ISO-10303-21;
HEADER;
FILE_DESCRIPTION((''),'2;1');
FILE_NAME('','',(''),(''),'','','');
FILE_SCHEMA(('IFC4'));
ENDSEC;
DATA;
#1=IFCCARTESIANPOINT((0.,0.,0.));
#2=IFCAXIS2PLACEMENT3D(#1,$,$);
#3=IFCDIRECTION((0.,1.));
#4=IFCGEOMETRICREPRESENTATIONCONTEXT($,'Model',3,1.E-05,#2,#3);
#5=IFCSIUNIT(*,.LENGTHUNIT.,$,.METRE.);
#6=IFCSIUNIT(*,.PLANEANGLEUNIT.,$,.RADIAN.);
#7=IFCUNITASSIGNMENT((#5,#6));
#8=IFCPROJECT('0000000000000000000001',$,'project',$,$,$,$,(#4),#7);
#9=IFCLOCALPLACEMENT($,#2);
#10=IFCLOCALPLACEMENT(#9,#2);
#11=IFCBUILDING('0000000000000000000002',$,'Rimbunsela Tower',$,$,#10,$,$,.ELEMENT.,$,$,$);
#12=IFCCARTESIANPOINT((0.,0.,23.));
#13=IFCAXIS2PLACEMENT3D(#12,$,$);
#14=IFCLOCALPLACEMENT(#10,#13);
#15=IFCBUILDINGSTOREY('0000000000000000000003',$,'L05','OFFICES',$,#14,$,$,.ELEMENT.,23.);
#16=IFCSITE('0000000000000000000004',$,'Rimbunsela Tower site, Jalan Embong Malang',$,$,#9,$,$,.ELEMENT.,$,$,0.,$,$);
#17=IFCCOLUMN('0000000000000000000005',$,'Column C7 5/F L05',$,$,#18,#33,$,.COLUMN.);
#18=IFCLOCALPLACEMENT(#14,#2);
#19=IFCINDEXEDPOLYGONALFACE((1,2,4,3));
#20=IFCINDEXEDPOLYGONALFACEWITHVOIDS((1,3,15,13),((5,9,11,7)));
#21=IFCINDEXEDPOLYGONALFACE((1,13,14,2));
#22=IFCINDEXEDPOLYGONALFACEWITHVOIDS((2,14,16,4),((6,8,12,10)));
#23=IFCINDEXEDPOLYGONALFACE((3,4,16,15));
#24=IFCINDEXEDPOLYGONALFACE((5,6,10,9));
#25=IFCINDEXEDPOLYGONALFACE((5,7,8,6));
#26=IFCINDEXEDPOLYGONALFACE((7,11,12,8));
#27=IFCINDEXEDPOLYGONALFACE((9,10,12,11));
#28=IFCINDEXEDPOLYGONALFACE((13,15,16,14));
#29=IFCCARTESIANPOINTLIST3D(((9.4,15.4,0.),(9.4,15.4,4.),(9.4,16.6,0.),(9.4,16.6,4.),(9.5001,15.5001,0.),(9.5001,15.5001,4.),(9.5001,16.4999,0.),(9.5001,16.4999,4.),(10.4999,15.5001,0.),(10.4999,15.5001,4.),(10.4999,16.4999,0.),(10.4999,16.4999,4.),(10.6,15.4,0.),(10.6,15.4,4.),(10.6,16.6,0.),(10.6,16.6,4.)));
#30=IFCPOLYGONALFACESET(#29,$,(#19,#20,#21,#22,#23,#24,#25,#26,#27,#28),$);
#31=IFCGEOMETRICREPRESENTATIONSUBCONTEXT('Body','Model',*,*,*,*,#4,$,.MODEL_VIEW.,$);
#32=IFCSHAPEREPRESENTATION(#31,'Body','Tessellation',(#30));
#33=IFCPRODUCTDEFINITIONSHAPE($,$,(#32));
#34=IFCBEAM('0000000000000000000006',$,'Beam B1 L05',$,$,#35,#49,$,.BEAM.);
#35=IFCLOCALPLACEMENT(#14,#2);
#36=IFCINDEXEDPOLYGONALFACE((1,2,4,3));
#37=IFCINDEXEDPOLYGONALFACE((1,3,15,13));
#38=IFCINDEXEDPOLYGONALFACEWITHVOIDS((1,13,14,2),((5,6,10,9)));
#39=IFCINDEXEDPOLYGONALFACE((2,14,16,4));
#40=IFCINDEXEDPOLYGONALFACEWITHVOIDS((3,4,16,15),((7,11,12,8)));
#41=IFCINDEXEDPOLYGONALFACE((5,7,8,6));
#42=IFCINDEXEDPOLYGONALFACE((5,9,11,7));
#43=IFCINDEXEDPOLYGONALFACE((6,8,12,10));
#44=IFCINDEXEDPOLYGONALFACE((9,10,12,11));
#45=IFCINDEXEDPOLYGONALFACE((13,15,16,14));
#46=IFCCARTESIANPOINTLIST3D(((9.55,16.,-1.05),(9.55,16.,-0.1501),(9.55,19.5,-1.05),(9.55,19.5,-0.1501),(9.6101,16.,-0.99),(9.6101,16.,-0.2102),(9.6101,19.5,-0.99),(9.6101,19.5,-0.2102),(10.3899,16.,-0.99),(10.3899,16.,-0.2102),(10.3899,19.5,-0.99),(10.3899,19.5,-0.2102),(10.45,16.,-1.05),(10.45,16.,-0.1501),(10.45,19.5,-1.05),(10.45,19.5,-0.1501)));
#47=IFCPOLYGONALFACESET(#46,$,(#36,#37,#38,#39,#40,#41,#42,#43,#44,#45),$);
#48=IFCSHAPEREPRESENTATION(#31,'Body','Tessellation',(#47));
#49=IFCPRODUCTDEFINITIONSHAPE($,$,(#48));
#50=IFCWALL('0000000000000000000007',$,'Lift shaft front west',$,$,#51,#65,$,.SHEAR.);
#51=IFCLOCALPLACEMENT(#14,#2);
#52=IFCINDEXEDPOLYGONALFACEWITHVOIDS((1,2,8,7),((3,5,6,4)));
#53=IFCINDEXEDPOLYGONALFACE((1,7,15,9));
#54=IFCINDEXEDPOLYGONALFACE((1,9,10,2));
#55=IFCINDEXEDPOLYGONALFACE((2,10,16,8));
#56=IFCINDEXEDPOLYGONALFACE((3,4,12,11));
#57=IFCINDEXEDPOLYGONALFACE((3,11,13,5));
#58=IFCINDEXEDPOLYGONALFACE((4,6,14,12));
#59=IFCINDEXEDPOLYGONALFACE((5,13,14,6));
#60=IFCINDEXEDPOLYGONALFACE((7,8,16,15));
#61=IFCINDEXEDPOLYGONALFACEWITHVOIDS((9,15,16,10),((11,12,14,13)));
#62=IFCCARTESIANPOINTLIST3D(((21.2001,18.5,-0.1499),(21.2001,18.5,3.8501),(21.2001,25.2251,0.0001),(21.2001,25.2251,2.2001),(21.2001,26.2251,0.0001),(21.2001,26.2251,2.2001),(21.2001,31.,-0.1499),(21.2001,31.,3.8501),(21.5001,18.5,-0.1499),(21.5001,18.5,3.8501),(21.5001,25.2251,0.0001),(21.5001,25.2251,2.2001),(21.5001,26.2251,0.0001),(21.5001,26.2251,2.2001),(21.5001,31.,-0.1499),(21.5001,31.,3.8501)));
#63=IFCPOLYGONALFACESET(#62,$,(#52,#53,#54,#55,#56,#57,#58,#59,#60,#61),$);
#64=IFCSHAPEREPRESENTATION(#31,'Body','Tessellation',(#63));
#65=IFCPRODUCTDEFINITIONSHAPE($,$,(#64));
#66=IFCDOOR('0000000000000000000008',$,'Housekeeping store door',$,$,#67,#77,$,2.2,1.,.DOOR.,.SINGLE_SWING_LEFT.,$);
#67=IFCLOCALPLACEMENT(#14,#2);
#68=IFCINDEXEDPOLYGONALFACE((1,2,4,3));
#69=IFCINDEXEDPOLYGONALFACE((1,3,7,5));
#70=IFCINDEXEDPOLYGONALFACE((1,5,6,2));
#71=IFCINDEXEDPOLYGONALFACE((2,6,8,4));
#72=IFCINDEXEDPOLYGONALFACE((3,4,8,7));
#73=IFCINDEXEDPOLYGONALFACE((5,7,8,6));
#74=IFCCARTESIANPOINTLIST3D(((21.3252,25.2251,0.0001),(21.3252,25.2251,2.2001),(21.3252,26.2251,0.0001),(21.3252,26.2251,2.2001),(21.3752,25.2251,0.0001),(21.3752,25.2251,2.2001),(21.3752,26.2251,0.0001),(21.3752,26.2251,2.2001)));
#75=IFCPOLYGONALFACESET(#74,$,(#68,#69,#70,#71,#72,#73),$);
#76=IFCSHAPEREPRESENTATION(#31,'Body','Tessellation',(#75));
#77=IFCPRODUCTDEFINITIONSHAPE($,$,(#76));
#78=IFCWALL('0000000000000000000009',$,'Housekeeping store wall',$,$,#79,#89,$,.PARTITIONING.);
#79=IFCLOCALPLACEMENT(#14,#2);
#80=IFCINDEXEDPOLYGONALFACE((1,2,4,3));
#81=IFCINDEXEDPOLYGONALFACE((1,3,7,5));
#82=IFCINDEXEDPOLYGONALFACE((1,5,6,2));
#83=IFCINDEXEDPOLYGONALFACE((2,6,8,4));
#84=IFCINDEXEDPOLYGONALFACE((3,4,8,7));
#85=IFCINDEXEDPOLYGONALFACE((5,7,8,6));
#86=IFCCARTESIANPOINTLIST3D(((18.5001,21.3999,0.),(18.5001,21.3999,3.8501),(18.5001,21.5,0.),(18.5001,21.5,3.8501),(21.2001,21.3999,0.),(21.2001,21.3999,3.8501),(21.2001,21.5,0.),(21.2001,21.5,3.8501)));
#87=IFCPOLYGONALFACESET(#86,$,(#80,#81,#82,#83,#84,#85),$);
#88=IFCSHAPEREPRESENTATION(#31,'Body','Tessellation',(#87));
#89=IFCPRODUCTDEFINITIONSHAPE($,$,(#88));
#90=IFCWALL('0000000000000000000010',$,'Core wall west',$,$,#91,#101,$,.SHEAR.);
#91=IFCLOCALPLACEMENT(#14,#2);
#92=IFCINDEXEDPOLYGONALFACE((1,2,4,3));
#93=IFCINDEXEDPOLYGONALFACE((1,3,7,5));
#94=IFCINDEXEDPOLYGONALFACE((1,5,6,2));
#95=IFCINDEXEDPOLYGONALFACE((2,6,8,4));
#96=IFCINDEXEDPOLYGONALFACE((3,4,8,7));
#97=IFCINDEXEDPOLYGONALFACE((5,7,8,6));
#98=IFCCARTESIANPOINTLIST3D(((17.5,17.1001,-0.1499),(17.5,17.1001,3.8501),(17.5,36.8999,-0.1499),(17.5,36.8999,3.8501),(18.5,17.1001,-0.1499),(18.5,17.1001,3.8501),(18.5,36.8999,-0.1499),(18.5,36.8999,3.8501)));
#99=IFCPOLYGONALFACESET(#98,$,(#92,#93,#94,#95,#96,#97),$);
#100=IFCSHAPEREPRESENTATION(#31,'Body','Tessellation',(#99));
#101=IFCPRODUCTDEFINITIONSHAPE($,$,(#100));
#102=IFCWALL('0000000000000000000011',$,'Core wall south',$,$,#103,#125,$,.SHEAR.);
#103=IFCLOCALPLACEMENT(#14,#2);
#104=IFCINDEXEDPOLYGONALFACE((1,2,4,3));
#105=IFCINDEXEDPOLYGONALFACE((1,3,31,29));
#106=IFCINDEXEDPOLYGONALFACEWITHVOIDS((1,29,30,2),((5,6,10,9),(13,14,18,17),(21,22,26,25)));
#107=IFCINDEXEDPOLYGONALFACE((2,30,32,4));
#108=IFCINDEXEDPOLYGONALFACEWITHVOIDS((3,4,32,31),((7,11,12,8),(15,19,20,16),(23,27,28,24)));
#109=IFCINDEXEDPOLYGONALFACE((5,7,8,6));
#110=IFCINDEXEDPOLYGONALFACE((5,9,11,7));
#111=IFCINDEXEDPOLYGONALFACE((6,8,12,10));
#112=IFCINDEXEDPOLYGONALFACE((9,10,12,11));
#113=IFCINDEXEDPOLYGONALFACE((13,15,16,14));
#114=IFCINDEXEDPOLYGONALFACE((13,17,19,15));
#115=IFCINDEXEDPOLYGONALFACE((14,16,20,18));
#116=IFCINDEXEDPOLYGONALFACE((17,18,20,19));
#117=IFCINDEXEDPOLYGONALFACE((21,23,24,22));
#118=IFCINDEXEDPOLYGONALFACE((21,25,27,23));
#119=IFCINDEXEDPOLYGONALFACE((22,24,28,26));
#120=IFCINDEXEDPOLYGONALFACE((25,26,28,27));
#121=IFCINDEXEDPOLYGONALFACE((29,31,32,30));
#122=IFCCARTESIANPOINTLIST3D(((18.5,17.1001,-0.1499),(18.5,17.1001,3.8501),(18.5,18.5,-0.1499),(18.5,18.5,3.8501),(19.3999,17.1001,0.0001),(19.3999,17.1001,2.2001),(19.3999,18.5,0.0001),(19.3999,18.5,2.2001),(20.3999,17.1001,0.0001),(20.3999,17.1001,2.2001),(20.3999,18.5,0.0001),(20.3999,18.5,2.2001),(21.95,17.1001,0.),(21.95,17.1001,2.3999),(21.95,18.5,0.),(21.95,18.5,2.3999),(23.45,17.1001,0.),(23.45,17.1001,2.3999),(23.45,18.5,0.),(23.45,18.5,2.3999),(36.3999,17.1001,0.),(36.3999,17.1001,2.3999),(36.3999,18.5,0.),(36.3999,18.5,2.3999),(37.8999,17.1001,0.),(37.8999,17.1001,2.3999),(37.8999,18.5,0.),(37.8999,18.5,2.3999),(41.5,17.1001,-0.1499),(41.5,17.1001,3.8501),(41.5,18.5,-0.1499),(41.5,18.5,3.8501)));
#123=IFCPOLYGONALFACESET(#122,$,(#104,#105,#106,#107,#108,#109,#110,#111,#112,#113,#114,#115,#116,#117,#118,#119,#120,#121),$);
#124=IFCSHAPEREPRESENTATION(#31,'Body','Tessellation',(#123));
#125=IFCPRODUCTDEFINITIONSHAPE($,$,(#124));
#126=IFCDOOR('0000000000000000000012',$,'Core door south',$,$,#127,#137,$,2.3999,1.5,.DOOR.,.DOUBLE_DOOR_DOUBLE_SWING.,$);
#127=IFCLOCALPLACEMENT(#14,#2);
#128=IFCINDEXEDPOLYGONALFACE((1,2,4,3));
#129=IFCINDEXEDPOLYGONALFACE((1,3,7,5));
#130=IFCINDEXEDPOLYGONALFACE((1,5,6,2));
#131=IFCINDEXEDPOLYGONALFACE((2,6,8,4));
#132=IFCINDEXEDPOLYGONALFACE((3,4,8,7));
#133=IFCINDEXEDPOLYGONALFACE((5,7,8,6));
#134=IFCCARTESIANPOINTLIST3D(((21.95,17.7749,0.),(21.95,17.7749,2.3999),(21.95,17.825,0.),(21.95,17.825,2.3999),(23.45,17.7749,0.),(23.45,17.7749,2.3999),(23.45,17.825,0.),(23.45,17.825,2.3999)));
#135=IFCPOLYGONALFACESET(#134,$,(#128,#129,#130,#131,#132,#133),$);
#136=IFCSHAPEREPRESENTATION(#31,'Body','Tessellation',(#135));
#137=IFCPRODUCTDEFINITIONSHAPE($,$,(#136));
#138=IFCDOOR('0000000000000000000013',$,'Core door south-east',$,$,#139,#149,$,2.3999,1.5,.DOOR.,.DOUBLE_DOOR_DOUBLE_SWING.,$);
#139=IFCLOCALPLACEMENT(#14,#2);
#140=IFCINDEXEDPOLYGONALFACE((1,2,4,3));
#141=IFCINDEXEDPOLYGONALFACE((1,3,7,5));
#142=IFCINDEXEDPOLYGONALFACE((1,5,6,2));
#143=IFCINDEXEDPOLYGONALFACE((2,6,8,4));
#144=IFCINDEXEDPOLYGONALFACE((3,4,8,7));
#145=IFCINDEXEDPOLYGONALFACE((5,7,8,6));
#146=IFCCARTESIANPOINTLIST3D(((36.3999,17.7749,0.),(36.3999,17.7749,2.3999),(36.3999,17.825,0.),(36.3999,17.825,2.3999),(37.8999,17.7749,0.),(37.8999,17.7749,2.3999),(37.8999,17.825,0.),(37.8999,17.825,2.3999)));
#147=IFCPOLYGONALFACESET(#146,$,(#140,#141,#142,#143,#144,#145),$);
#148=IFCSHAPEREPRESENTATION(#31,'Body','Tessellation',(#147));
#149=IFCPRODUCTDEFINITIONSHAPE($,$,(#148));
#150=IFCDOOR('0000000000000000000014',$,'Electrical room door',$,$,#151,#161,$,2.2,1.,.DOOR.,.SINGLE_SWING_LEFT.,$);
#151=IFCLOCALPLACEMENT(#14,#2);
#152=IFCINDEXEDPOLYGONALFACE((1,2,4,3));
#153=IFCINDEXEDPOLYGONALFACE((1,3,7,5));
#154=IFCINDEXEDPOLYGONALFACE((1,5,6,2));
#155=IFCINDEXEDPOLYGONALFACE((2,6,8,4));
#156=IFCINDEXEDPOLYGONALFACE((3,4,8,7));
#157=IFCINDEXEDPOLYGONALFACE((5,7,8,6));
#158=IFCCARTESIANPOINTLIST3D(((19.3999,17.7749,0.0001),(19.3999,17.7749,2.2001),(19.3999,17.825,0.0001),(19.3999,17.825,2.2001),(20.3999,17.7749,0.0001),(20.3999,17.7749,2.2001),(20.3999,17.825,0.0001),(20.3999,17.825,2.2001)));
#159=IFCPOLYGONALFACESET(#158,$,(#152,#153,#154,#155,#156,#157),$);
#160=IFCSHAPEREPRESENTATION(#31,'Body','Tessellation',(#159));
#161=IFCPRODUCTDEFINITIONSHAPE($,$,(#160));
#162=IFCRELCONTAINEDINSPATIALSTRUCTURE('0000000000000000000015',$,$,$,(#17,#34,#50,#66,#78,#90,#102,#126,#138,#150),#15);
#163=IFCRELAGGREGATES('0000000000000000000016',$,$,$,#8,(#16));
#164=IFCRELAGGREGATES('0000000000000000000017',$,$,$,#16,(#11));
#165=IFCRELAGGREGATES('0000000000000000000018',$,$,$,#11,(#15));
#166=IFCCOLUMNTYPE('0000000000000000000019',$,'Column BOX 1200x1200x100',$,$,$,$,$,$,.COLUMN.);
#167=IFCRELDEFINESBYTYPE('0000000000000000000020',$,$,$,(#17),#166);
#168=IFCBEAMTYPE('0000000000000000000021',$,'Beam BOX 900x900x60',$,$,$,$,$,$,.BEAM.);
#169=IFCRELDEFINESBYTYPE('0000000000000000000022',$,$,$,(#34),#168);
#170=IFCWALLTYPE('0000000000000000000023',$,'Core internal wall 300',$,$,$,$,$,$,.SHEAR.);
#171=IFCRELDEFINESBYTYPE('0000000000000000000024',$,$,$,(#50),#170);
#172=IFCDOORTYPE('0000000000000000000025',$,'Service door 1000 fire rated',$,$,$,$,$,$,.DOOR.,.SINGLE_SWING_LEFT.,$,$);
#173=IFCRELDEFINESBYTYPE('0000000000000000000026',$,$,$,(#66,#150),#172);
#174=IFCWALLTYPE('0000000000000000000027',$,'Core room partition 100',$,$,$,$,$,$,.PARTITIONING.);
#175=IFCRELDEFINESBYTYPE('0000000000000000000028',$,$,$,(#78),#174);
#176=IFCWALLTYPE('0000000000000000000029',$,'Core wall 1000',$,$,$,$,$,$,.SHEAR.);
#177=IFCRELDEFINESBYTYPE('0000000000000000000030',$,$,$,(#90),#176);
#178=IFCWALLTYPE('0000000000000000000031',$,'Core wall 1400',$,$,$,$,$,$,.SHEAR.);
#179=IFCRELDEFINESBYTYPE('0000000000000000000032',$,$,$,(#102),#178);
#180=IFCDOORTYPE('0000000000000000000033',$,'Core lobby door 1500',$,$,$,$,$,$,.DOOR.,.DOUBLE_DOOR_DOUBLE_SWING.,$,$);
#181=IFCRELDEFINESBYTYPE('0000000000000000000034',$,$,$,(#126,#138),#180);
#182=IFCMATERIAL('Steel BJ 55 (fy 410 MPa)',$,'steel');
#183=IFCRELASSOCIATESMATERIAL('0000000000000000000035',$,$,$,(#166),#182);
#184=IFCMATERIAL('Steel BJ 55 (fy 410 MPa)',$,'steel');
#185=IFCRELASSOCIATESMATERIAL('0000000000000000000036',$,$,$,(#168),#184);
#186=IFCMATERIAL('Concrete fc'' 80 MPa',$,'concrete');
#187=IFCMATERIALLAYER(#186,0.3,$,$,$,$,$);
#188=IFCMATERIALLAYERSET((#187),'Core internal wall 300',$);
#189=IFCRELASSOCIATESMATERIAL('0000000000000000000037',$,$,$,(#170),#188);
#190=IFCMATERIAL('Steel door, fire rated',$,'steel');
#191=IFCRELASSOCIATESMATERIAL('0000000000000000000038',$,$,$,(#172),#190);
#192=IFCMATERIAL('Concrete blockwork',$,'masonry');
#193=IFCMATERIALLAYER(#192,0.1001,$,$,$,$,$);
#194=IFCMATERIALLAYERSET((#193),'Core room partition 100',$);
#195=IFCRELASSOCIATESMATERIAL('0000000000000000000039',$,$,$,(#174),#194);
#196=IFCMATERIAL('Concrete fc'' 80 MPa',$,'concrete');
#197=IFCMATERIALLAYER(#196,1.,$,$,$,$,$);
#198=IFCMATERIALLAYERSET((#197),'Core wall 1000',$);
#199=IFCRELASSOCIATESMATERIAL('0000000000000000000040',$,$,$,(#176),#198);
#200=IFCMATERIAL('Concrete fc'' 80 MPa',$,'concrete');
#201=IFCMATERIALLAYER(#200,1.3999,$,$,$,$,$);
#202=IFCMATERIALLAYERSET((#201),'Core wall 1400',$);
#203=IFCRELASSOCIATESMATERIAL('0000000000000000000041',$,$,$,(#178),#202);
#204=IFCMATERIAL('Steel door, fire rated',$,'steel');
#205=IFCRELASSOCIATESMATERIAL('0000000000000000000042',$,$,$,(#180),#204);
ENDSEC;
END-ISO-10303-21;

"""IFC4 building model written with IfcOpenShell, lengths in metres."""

from ifc_helpers import new_model, si_unit, direction, frame, frame_2d, origin, origin_2d, place, context, subcontext, project, spatial, rectangle, hollow_rectangle, extrude, material, layer, layer_set, material_profile, profile_set, type_object, element, fill, save


model = new_model("IFC4")

# Units and contexts
model_context = context("Model", 3, precision=1e-05, world=origin(), true_north=direction((0.0, 1.0)))
body_context = subcontext(model_context, "Body", "Model", "MODEL_VIEW")
ifc_project = project(units=[si_unit("LENGTHUNIT", "METRE"), si_unit("PLANEANGLEUNIT", "RADIAN")], contexts=[model_context])

# Site, building, storey
site_placement = place(None, origin())
site = spatial("IfcSite", under=ifc_project, at=site_placement, Name="Rimbunsela Tower site, Jalan Embong Malang", CompositionType="ELEMENT", RefElevation=0.0)
building_placement = place(site_placement, origin())
building = spatial("IfcBuilding", under=site, at=building_placement, Name="Rimbunsela Tower", CompositionType="ELEMENT")
storey_placement = place(building_placement, frame((0.0, 0.0, 23.0)))
storey = spatial("IfcBuildingStorey", under=building, at=storey_placement, Name="L05", Description="OFFICES", CompositionType="ELEMENT", Elevation=23.0)

# Column
ifc_material_1 = material(Name="Steel BJ 55 (fy 410 MPa)", Category="steel")
ifc_material_profile_1 = material_profile(ifc_material_1, hollow_rectangle(XDim=1.2, YDim=1.2, WallThickness=0.1001, at=origin_2d()), Name="BOX 1200x1200x100")
ifc_profile_set_1 = profile_set([ifc_material_profile_1], Name="Steel BJ 55 (fy 410 MPa)")
column_type = type_object("IfcColumnType", Name="Column BOX 1200x1200x100", PredefinedType="COLUMN", material=ifc_profile_set_1)
column_placement = place(storey_placement, frame((10.0, 16.0, 0.0), z_axis=(0.0, 0.0, 1.0), x_axis=(1.0, 0.0, 0.0)))
element("IfcColumn", 1, at=column_placement, inside=storey, type_object=column_type, Name="Column C7 5/F L05", PredefinedType="COLUMN", context=body_context, shape_type="SweptSolid", body=[
    extrude(hollow_rectangle(XDim=1.2, YDim=1.2, WallThickness=0.1001, at=origin_2d()), origin(), (0.0, 0.0, 1.0), 4.0),
])

# Beam
ifc_material_2 = material(Name="Steel BJ 55 (fy 410 MPa)", Category="steel")
ifc_material_profile_2 = material_profile(ifc_material_2, hollow_rectangle(XDim=0.8999, YDim=0.8999, WallThickness=0.0601, at=origin_2d()), Name="BOX 900x900x60")
ifc_profile_set_2 = profile_set([ifc_material_profile_2], Name="Steel BJ 55 (fy 410 MPa)")
beam_type = type_object("IfcBeamType", Name="Beam BOX 900x900x60", PredefinedType="BEAM", material=ifc_profile_set_2)
beam_placement = place(storey_placement, frame((10.0, 16.0, -0.6001), z_axis=(0.0, 1.0, 0.0), x_axis=(-1.0, 0.0, 0.0)))
element("IfcBeam", 2, at=beam_placement, inside=storey, type_object=beam_type, Name="Beam B1 L05", PredefinedType="BEAM", context=body_context, shape_type="SweptSolid", body=[
    extrude(hollow_rectangle(XDim=0.8999, YDim=0.8999, WallThickness=0.0601, at=origin_2d()), origin(), (0.0, 0.0, 1.0), 3.5),
])

# Wall, opening, door
ifc_material_3 = material(Name="Concrete fc' 80 MPa", Category="concrete")
ifc_layer_1 = layer(ifc_material_3, 0.3)
ifc_layer_set_1 = layer_set([ifc_layer_1], Name="Core internal wall 300")
wall_type_1 = type_object("IfcWallType", Name="Core internal wall 300", PredefinedType="SHEAR", material=ifc_layer_set_1)
wall_1_placement = place(storey_placement, frame((21.3501, 18.5, -0.1499), z_axis=(0.0, 0.0, 1.0), x_axis=(0.0, 1.0, 0.0)))
wall_1 = element("IfcWall", 3, at=wall_1_placement, inside=storey, type_object=wall_type_1, Name="Lift shaft front west", PredefinedType="SHEAR", context=body_context, shape_type="SweptSolid", body=[
    extrude(rectangle(XDim=12.5, YDim=0.3, at=frame_2d((6.25, 0.0))), origin(), (0.0, 0.0, 1.0), 4.0),
])
opening_1_placement = place(wall_1_placement, frame((6.7251, 0.0, 0.1499)))
opening_1 = element("IfcOpeningElement", 4, at=opening_1_placement, cuts=wall_1, PredefinedType="OPENING", context=body_context, shape_type="SweptSolid", body=[
    extrude(rectangle(XDim=1.0, YDim=2.2, at=frame_2d((0.5, 1.1001))), frame((0.0, 0.1599, 0.0), z_axis=(0.0, -1.0, 0.0), x_axis=(1.0, 0.0, 0.0)), (0.0, 0.0, 1.0), 0.3201),
])
ifc_material_4 = material(Name="Steel door, fire rated", Category="steel")
door_type_1 = type_object("IfcDoorType", Name="Service door 1000 fire rated", OperationType="SINGLE_SWING_LEFT", PredefinedType="DOOR", material=ifc_material_4)
door_1_placement = place(opening_1_placement, origin())
door_1 = element("IfcDoor", 5, at=door_1_placement, inside=storey, type_object=door_type_1, Name="Housekeeping store door", OperationType="SINGLE_SWING_LEFT", OverallHeight=2.2, OverallWidth=1.0, PredefinedType="DOOR", context=body_context, shape_type="SweptSolid", body=[
    extrude(rectangle(XDim=1.0, YDim=2.2, at=frame_2d((0.5, 1.1001))), frame((0.0, 0.0249, 0.0), z_axis=(0.0, -1.0, 0.0), x_axis=(1.0, 0.0, 0.0)), (0.0, 0.0, 1.0), 0.05),
])
fill(opening_1, door_1)

# Walls
ifc_material_5 = material(Name="Concrete blockwork", Category="masonry")
ifc_layer_2 = layer(ifc_material_5, 0.1001)
ifc_layer_set_2 = layer_set([ifc_layer_2], Name="Core room partition 100")
wall_type_2 = type_object("IfcWallType", Name="Core room partition 100", PredefinedType="PARTITIONING", material=ifc_layer_set_2)
wall_2_placement = place(storey_placement, frame((18.5, 21.45, 0.0), z_axis=(0.0, 0.0, 1.0), x_axis=(1.0, 0.0, 0.0)))
element("IfcWall", 6, at=wall_2_placement, inside=storey, type_object=wall_type_2, Name="Housekeeping store wall", PredefinedType="PARTITIONING", context=body_context, shape_type="SweptSolid", body=[
    extrude(rectangle(XDim=2.7, YDim=0.1001, at=frame_2d((1.3501, 0.0))), origin(), (0.0, 0.0, 1.0), 3.8501),
])
ifc_material_6 = material(Name="Concrete fc' 80 MPa", Category="concrete")
ifc_layer_3 = layer(ifc_material_6, 1.0)
ifc_layer_set_3 = layer_set([ifc_layer_3], Name="Core wall 1000")
wall_type_3 = type_object("IfcWallType", Name="Core wall 1000", PredefinedType="SHEAR", material=ifc_layer_set_3)
wall_3_placement = place(storey_placement, frame((18.0, 17.1001, -0.1499), z_axis=(0.0, 0.0, 1.0), x_axis=(0.0, 1.0, 0.0)))
element("IfcWall", 7, at=wall_3_placement, inside=storey, type_object=wall_type_3, Name="Core wall west", PredefinedType="SHEAR", context=body_context, shape_type="SweptSolid", body=[
    extrude(rectangle(XDim=19.7998, YDim=1.0, at=frame_2d((9.8999, 0.0))), origin(), (0.0, 0.0, 1.0), 4.0),
])

# Wall, openings, doors
ifc_material_7 = material(Name="Concrete fc' 80 MPa", Category="concrete")
ifc_layer_4 = layer(ifc_material_7, 1.3999)
ifc_layer_set_4 = layer_set([ifc_layer_4], Name="Core wall 1400")
wall_type_4 = type_object("IfcWallType", Name="Core wall 1400", PredefinedType="SHEAR", material=ifc_layer_set_4)
wall_4_placement = place(storey_placement, frame((18.5, 17.8, -0.1499), z_axis=(0.0, 0.0, 1.0), x_axis=(1.0, 0.0, 0.0)))
wall_4 = element("IfcWall", 8, at=wall_4_placement, inside=storey, type_object=wall_type_4, Name="Core wall south", PredefinedType="SHEAR", context=body_context, shape_type="SweptSolid", body=[
    extrude(rectangle(XDim=23.0, YDim=1.3999, at=frame_2d((11.5, 0.0))), origin(), (0.0, 0.0, 1.0), 4.0),
])
opening_2_placement = place(wall_4_placement, frame((3.45, 0.0, 0.1499)))
opening_2 = element("IfcOpeningElement", 9, at=opening_2_placement, cuts=wall_4, PredefinedType="OPENING", context=body_context, shape_type="SweptSolid", body=[
    extrude(rectangle(XDim=1.5, YDim=2.3999, at=frame_2d((0.75, 1.2))), frame((0.0, 0.71, 0.0), z_axis=(0.0, -1.0, 0.0), x_axis=(1.0, 0.0, 0.0)), (0.0, 0.0, 1.0), 1.4199),
])
opening_3_placement = place(wall_4_placement, frame((17.8999, 0.0, 0.1499)))
opening_3 = element("IfcOpeningElement", 10, at=opening_3_placement, cuts=wall_4, PredefinedType="OPENING", context=body_context, shape_type="SweptSolid", body=[
    extrude(rectangle(XDim=1.5, YDim=2.3999, at=frame_2d((0.75, 1.2))), frame((0.0, 0.71, 0.0), z_axis=(0.0, -1.0, 0.0), x_axis=(1.0, 0.0, 0.0)), (0.0, 0.0, 1.0), 1.4199),
])
opening_4_placement = place(wall_4_placement, frame((0.8999, 0.0, 0.1499)))
opening_4 = element("IfcOpeningElement", 11, at=opening_4_placement, cuts=wall_4, PredefinedType="OPENING", context=body_context, shape_type="SweptSolid", body=[
    extrude(rectangle(XDim=1.0, YDim=2.2, at=frame_2d((0.5, 1.1001))), frame((0.0, 0.71, 0.0), z_axis=(0.0, -1.0, 0.0), x_axis=(1.0, 0.0, 0.0)), (0.0, 0.0, 1.0), 1.4199),
])
ifc_material_8 = material(Name="Steel door, fire rated", Category="steel")
door_type_2 = type_object("IfcDoorType", Name="Core lobby door 1500", OperationType="DOUBLE_DOOR_DOUBLE_SWING", PredefinedType="DOOR", material=ifc_material_8)
door_2_placement = place(opening_2_placement, origin())
door_2 = element("IfcDoor", 12, at=door_2_placement, inside=storey, type_object=door_type_2, Name="Core door south", OperationType="DOUBLE_DOOR_DOUBLE_SWING", OverallHeight=2.3999, OverallWidth=1.5, PredefinedType="DOOR", context=body_context, shape_type="SweptSolid", body=[
    extrude(rectangle(XDim=1.5, YDim=2.3999, at=frame_2d((0.75, 1.2))), frame((0.0, 0.0249, 0.0), z_axis=(0.0, -1.0, 0.0), x_axis=(1.0, 0.0, 0.0)), (0.0, 0.0, 1.0), 0.05),
])
fill(opening_2, door_2)
door_3_placement = place(opening_3_placement, origin())
door_3 = element("IfcDoor", 13, at=door_3_placement, inside=storey, type_object=door_type_2, Name="Core door south-east", OperationType="DOUBLE_DOOR_DOUBLE_SWING", OverallHeight=2.3999, OverallWidth=1.5, PredefinedType="DOOR", context=body_context, shape_type="SweptSolid", body=[
    extrude(rectangle(XDim=1.5, YDim=2.3999, at=frame_2d((0.75, 1.2))), frame((0.0, 0.0249, 0.0), z_axis=(0.0, -1.0, 0.0), x_axis=(1.0, 0.0, 0.0)), (0.0, 0.0, 1.0), 0.05),
])
fill(opening_3, door_3)
door_4_placement = place(opening_4_placement, origin())
door_4 = element("IfcDoor", 14, at=door_4_placement, inside=storey, type_object=door_type_1, Name="Electrical room door", OperationType="SINGLE_SWING_LEFT", OverallHeight=2.2, OverallWidth=1.0, PredefinedType="DOOR", context=body_context, shape_type="SweptSolid", body=[
    extrude(rectangle(XDim=1.0, YDim=2.2, at=frame_2d((0.5, 1.1001))), frame((0.0, 0.0249, 0.0), z_axis=(0.0, -1.0, 0.0), x_axis=(1.0, 0.0, 0.0)), (0.0, 0.0, 1.0), 0.05),
])
fill(opening_4, door_4)

save(model, "model.ifc")
